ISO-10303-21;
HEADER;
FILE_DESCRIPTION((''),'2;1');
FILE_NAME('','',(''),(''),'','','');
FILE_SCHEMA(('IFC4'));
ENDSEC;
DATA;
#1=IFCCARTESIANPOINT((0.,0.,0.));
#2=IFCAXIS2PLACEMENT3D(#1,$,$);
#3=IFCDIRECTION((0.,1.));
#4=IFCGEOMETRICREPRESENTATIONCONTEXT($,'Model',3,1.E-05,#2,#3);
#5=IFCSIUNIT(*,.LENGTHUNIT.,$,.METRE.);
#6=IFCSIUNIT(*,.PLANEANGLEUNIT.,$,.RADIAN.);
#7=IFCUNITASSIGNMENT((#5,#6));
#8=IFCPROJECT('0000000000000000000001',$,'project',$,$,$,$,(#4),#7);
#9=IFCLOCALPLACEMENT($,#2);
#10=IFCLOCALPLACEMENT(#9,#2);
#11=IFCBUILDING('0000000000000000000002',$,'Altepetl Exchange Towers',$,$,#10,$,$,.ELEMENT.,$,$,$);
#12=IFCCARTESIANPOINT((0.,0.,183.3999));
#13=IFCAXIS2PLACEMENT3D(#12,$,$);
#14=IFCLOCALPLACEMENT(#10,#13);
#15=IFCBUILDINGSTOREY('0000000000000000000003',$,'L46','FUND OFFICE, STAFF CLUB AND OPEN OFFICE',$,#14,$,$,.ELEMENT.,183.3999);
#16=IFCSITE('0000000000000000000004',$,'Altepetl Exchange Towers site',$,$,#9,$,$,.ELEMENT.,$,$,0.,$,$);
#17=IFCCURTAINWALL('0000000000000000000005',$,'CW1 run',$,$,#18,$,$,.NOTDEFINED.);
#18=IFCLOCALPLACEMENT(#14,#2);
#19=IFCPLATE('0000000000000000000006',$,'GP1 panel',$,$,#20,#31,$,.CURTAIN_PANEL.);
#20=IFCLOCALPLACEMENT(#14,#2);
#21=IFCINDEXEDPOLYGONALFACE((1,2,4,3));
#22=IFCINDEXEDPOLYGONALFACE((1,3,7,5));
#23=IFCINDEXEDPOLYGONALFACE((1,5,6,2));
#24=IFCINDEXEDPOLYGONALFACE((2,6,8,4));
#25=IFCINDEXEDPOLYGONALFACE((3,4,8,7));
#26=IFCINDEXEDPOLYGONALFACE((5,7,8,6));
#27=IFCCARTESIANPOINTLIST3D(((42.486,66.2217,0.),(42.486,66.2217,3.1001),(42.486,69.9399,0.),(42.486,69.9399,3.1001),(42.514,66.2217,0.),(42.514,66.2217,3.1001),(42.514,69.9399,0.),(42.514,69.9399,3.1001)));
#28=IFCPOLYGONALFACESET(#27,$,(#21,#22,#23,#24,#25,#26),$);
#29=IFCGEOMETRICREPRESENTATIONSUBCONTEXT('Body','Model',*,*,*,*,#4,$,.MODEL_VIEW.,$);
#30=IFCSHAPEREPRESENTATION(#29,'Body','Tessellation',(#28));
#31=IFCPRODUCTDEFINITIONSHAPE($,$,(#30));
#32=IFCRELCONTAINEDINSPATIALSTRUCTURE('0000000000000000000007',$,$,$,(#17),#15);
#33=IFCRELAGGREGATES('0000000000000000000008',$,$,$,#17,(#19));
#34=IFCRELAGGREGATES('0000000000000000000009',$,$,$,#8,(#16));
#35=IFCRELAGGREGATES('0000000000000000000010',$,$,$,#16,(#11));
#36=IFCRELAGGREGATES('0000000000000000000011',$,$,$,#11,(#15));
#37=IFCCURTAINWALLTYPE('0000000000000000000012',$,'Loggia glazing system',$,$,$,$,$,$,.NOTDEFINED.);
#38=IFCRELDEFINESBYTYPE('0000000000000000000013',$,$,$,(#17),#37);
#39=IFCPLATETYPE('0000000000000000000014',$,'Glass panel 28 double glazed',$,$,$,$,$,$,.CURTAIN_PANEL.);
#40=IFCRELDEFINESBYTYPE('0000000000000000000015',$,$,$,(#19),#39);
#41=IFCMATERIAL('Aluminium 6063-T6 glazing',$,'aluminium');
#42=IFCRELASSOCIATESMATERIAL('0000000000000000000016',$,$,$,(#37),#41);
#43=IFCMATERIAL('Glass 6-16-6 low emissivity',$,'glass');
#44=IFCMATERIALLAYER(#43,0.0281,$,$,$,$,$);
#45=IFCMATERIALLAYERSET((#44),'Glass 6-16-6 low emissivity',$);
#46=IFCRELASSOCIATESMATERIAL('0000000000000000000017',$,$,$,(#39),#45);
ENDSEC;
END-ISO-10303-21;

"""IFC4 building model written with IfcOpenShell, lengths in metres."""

from ifc_helpers import new_model, si_unit, direction, frame, origin, origin_2d, place, context, subcontext, project, spatial, rectangle, extrude, material, layer, layer_set, type_object, element, aggregate, save


model = new_model("IFC4")

# Units and contexts
model_context = context("Model", 3, precision=1e-05, world=origin(), true_north=direction((0.0, 1.0)))
body_context = subcontext(model_context, "Body", "Model", "MODEL_VIEW")
ifc_project = project(units=[si_unit("LENGTHUNIT", "METRE"), si_unit("PLANEANGLEUNIT", "RADIAN")], contexts=[model_context])

# Site, building, storey
site_placement = place(None, origin())
site = spatial("IfcSite", under=ifc_project, at=site_placement, Name="Altepetl Exchange Towers site", CompositionType="ELEMENT", RefElevation=0.0)
building_placement = place(site_placement, origin())
building = spatial("IfcBuilding", under=site, at=building_placement, Name="Altepetl Exchange Towers", CompositionType="ELEMENT")
storey_placement = place(building_placement, frame((0.0, 0.0, 183.3999)))
storey = spatial("IfcBuildingStorey", under=building, at=storey_placement, Name="L46", Description="FUND OFFICE, STAFF CLUB AND OPEN OFFICE", CompositionType="ELEMENT", Elevation=183.3999)

# Curtain wall
ifc_material_1 = material(Name="Aluminium 6063-T6 glazing", Category="aluminium")
curtain_wall_type = type_object("IfcCurtainWallType", Name="Loggia glazing system", PredefinedType="NOTDEFINED", material=ifc_material_1)
curtain_wall_1_placement = place(storey_placement, origin())
curtain_wall_1 = element("IfcCurtainWall", 1, at=curtain_wall_1_placement, inside=storey, type_object=curtain_wall_type, Name="CW1 run", PredefinedType="NOTDEFINED")

# Plate
ifc_material_2 = material(Name="Glass 6-16-6 low emissivity", Category="glass")
ifc_layer = layer(ifc_material_2, 0.0281)
ifc_layer_set = layer_set([ifc_layer], Name="Glass 6-16-6 low emissivity")
plate_type = type_object("IfcPlateType", Name="Glass panel 28 double glazed", PredefinedType="CURTAIN_PANEL", material=ifc_layer_set)
plate_1_placement = place(storey_placement, frame((42.5, 68.0808, 0.0), z_axis=(0.0, 0.0, 1.0), x_axis=(0.0, -1.0, 0.0)))
plate_1 = element("IfcPlate", 2, at=plate_1_placement, type_object=plate_type, Name="GP1 panel", PredefinedType="CURTAIN_PANEL", context=body_context, shape_type="SweptSolid", body=[
    extrude(rectangle(XDim=3.7183, YDim=0.0281, at=origin_2d()), origin(), (0.0, 0.0, 1.0), 3.1001),
])
aggregate(curtain_wall_1, [plate_1])

save(model, "model.ifc")
